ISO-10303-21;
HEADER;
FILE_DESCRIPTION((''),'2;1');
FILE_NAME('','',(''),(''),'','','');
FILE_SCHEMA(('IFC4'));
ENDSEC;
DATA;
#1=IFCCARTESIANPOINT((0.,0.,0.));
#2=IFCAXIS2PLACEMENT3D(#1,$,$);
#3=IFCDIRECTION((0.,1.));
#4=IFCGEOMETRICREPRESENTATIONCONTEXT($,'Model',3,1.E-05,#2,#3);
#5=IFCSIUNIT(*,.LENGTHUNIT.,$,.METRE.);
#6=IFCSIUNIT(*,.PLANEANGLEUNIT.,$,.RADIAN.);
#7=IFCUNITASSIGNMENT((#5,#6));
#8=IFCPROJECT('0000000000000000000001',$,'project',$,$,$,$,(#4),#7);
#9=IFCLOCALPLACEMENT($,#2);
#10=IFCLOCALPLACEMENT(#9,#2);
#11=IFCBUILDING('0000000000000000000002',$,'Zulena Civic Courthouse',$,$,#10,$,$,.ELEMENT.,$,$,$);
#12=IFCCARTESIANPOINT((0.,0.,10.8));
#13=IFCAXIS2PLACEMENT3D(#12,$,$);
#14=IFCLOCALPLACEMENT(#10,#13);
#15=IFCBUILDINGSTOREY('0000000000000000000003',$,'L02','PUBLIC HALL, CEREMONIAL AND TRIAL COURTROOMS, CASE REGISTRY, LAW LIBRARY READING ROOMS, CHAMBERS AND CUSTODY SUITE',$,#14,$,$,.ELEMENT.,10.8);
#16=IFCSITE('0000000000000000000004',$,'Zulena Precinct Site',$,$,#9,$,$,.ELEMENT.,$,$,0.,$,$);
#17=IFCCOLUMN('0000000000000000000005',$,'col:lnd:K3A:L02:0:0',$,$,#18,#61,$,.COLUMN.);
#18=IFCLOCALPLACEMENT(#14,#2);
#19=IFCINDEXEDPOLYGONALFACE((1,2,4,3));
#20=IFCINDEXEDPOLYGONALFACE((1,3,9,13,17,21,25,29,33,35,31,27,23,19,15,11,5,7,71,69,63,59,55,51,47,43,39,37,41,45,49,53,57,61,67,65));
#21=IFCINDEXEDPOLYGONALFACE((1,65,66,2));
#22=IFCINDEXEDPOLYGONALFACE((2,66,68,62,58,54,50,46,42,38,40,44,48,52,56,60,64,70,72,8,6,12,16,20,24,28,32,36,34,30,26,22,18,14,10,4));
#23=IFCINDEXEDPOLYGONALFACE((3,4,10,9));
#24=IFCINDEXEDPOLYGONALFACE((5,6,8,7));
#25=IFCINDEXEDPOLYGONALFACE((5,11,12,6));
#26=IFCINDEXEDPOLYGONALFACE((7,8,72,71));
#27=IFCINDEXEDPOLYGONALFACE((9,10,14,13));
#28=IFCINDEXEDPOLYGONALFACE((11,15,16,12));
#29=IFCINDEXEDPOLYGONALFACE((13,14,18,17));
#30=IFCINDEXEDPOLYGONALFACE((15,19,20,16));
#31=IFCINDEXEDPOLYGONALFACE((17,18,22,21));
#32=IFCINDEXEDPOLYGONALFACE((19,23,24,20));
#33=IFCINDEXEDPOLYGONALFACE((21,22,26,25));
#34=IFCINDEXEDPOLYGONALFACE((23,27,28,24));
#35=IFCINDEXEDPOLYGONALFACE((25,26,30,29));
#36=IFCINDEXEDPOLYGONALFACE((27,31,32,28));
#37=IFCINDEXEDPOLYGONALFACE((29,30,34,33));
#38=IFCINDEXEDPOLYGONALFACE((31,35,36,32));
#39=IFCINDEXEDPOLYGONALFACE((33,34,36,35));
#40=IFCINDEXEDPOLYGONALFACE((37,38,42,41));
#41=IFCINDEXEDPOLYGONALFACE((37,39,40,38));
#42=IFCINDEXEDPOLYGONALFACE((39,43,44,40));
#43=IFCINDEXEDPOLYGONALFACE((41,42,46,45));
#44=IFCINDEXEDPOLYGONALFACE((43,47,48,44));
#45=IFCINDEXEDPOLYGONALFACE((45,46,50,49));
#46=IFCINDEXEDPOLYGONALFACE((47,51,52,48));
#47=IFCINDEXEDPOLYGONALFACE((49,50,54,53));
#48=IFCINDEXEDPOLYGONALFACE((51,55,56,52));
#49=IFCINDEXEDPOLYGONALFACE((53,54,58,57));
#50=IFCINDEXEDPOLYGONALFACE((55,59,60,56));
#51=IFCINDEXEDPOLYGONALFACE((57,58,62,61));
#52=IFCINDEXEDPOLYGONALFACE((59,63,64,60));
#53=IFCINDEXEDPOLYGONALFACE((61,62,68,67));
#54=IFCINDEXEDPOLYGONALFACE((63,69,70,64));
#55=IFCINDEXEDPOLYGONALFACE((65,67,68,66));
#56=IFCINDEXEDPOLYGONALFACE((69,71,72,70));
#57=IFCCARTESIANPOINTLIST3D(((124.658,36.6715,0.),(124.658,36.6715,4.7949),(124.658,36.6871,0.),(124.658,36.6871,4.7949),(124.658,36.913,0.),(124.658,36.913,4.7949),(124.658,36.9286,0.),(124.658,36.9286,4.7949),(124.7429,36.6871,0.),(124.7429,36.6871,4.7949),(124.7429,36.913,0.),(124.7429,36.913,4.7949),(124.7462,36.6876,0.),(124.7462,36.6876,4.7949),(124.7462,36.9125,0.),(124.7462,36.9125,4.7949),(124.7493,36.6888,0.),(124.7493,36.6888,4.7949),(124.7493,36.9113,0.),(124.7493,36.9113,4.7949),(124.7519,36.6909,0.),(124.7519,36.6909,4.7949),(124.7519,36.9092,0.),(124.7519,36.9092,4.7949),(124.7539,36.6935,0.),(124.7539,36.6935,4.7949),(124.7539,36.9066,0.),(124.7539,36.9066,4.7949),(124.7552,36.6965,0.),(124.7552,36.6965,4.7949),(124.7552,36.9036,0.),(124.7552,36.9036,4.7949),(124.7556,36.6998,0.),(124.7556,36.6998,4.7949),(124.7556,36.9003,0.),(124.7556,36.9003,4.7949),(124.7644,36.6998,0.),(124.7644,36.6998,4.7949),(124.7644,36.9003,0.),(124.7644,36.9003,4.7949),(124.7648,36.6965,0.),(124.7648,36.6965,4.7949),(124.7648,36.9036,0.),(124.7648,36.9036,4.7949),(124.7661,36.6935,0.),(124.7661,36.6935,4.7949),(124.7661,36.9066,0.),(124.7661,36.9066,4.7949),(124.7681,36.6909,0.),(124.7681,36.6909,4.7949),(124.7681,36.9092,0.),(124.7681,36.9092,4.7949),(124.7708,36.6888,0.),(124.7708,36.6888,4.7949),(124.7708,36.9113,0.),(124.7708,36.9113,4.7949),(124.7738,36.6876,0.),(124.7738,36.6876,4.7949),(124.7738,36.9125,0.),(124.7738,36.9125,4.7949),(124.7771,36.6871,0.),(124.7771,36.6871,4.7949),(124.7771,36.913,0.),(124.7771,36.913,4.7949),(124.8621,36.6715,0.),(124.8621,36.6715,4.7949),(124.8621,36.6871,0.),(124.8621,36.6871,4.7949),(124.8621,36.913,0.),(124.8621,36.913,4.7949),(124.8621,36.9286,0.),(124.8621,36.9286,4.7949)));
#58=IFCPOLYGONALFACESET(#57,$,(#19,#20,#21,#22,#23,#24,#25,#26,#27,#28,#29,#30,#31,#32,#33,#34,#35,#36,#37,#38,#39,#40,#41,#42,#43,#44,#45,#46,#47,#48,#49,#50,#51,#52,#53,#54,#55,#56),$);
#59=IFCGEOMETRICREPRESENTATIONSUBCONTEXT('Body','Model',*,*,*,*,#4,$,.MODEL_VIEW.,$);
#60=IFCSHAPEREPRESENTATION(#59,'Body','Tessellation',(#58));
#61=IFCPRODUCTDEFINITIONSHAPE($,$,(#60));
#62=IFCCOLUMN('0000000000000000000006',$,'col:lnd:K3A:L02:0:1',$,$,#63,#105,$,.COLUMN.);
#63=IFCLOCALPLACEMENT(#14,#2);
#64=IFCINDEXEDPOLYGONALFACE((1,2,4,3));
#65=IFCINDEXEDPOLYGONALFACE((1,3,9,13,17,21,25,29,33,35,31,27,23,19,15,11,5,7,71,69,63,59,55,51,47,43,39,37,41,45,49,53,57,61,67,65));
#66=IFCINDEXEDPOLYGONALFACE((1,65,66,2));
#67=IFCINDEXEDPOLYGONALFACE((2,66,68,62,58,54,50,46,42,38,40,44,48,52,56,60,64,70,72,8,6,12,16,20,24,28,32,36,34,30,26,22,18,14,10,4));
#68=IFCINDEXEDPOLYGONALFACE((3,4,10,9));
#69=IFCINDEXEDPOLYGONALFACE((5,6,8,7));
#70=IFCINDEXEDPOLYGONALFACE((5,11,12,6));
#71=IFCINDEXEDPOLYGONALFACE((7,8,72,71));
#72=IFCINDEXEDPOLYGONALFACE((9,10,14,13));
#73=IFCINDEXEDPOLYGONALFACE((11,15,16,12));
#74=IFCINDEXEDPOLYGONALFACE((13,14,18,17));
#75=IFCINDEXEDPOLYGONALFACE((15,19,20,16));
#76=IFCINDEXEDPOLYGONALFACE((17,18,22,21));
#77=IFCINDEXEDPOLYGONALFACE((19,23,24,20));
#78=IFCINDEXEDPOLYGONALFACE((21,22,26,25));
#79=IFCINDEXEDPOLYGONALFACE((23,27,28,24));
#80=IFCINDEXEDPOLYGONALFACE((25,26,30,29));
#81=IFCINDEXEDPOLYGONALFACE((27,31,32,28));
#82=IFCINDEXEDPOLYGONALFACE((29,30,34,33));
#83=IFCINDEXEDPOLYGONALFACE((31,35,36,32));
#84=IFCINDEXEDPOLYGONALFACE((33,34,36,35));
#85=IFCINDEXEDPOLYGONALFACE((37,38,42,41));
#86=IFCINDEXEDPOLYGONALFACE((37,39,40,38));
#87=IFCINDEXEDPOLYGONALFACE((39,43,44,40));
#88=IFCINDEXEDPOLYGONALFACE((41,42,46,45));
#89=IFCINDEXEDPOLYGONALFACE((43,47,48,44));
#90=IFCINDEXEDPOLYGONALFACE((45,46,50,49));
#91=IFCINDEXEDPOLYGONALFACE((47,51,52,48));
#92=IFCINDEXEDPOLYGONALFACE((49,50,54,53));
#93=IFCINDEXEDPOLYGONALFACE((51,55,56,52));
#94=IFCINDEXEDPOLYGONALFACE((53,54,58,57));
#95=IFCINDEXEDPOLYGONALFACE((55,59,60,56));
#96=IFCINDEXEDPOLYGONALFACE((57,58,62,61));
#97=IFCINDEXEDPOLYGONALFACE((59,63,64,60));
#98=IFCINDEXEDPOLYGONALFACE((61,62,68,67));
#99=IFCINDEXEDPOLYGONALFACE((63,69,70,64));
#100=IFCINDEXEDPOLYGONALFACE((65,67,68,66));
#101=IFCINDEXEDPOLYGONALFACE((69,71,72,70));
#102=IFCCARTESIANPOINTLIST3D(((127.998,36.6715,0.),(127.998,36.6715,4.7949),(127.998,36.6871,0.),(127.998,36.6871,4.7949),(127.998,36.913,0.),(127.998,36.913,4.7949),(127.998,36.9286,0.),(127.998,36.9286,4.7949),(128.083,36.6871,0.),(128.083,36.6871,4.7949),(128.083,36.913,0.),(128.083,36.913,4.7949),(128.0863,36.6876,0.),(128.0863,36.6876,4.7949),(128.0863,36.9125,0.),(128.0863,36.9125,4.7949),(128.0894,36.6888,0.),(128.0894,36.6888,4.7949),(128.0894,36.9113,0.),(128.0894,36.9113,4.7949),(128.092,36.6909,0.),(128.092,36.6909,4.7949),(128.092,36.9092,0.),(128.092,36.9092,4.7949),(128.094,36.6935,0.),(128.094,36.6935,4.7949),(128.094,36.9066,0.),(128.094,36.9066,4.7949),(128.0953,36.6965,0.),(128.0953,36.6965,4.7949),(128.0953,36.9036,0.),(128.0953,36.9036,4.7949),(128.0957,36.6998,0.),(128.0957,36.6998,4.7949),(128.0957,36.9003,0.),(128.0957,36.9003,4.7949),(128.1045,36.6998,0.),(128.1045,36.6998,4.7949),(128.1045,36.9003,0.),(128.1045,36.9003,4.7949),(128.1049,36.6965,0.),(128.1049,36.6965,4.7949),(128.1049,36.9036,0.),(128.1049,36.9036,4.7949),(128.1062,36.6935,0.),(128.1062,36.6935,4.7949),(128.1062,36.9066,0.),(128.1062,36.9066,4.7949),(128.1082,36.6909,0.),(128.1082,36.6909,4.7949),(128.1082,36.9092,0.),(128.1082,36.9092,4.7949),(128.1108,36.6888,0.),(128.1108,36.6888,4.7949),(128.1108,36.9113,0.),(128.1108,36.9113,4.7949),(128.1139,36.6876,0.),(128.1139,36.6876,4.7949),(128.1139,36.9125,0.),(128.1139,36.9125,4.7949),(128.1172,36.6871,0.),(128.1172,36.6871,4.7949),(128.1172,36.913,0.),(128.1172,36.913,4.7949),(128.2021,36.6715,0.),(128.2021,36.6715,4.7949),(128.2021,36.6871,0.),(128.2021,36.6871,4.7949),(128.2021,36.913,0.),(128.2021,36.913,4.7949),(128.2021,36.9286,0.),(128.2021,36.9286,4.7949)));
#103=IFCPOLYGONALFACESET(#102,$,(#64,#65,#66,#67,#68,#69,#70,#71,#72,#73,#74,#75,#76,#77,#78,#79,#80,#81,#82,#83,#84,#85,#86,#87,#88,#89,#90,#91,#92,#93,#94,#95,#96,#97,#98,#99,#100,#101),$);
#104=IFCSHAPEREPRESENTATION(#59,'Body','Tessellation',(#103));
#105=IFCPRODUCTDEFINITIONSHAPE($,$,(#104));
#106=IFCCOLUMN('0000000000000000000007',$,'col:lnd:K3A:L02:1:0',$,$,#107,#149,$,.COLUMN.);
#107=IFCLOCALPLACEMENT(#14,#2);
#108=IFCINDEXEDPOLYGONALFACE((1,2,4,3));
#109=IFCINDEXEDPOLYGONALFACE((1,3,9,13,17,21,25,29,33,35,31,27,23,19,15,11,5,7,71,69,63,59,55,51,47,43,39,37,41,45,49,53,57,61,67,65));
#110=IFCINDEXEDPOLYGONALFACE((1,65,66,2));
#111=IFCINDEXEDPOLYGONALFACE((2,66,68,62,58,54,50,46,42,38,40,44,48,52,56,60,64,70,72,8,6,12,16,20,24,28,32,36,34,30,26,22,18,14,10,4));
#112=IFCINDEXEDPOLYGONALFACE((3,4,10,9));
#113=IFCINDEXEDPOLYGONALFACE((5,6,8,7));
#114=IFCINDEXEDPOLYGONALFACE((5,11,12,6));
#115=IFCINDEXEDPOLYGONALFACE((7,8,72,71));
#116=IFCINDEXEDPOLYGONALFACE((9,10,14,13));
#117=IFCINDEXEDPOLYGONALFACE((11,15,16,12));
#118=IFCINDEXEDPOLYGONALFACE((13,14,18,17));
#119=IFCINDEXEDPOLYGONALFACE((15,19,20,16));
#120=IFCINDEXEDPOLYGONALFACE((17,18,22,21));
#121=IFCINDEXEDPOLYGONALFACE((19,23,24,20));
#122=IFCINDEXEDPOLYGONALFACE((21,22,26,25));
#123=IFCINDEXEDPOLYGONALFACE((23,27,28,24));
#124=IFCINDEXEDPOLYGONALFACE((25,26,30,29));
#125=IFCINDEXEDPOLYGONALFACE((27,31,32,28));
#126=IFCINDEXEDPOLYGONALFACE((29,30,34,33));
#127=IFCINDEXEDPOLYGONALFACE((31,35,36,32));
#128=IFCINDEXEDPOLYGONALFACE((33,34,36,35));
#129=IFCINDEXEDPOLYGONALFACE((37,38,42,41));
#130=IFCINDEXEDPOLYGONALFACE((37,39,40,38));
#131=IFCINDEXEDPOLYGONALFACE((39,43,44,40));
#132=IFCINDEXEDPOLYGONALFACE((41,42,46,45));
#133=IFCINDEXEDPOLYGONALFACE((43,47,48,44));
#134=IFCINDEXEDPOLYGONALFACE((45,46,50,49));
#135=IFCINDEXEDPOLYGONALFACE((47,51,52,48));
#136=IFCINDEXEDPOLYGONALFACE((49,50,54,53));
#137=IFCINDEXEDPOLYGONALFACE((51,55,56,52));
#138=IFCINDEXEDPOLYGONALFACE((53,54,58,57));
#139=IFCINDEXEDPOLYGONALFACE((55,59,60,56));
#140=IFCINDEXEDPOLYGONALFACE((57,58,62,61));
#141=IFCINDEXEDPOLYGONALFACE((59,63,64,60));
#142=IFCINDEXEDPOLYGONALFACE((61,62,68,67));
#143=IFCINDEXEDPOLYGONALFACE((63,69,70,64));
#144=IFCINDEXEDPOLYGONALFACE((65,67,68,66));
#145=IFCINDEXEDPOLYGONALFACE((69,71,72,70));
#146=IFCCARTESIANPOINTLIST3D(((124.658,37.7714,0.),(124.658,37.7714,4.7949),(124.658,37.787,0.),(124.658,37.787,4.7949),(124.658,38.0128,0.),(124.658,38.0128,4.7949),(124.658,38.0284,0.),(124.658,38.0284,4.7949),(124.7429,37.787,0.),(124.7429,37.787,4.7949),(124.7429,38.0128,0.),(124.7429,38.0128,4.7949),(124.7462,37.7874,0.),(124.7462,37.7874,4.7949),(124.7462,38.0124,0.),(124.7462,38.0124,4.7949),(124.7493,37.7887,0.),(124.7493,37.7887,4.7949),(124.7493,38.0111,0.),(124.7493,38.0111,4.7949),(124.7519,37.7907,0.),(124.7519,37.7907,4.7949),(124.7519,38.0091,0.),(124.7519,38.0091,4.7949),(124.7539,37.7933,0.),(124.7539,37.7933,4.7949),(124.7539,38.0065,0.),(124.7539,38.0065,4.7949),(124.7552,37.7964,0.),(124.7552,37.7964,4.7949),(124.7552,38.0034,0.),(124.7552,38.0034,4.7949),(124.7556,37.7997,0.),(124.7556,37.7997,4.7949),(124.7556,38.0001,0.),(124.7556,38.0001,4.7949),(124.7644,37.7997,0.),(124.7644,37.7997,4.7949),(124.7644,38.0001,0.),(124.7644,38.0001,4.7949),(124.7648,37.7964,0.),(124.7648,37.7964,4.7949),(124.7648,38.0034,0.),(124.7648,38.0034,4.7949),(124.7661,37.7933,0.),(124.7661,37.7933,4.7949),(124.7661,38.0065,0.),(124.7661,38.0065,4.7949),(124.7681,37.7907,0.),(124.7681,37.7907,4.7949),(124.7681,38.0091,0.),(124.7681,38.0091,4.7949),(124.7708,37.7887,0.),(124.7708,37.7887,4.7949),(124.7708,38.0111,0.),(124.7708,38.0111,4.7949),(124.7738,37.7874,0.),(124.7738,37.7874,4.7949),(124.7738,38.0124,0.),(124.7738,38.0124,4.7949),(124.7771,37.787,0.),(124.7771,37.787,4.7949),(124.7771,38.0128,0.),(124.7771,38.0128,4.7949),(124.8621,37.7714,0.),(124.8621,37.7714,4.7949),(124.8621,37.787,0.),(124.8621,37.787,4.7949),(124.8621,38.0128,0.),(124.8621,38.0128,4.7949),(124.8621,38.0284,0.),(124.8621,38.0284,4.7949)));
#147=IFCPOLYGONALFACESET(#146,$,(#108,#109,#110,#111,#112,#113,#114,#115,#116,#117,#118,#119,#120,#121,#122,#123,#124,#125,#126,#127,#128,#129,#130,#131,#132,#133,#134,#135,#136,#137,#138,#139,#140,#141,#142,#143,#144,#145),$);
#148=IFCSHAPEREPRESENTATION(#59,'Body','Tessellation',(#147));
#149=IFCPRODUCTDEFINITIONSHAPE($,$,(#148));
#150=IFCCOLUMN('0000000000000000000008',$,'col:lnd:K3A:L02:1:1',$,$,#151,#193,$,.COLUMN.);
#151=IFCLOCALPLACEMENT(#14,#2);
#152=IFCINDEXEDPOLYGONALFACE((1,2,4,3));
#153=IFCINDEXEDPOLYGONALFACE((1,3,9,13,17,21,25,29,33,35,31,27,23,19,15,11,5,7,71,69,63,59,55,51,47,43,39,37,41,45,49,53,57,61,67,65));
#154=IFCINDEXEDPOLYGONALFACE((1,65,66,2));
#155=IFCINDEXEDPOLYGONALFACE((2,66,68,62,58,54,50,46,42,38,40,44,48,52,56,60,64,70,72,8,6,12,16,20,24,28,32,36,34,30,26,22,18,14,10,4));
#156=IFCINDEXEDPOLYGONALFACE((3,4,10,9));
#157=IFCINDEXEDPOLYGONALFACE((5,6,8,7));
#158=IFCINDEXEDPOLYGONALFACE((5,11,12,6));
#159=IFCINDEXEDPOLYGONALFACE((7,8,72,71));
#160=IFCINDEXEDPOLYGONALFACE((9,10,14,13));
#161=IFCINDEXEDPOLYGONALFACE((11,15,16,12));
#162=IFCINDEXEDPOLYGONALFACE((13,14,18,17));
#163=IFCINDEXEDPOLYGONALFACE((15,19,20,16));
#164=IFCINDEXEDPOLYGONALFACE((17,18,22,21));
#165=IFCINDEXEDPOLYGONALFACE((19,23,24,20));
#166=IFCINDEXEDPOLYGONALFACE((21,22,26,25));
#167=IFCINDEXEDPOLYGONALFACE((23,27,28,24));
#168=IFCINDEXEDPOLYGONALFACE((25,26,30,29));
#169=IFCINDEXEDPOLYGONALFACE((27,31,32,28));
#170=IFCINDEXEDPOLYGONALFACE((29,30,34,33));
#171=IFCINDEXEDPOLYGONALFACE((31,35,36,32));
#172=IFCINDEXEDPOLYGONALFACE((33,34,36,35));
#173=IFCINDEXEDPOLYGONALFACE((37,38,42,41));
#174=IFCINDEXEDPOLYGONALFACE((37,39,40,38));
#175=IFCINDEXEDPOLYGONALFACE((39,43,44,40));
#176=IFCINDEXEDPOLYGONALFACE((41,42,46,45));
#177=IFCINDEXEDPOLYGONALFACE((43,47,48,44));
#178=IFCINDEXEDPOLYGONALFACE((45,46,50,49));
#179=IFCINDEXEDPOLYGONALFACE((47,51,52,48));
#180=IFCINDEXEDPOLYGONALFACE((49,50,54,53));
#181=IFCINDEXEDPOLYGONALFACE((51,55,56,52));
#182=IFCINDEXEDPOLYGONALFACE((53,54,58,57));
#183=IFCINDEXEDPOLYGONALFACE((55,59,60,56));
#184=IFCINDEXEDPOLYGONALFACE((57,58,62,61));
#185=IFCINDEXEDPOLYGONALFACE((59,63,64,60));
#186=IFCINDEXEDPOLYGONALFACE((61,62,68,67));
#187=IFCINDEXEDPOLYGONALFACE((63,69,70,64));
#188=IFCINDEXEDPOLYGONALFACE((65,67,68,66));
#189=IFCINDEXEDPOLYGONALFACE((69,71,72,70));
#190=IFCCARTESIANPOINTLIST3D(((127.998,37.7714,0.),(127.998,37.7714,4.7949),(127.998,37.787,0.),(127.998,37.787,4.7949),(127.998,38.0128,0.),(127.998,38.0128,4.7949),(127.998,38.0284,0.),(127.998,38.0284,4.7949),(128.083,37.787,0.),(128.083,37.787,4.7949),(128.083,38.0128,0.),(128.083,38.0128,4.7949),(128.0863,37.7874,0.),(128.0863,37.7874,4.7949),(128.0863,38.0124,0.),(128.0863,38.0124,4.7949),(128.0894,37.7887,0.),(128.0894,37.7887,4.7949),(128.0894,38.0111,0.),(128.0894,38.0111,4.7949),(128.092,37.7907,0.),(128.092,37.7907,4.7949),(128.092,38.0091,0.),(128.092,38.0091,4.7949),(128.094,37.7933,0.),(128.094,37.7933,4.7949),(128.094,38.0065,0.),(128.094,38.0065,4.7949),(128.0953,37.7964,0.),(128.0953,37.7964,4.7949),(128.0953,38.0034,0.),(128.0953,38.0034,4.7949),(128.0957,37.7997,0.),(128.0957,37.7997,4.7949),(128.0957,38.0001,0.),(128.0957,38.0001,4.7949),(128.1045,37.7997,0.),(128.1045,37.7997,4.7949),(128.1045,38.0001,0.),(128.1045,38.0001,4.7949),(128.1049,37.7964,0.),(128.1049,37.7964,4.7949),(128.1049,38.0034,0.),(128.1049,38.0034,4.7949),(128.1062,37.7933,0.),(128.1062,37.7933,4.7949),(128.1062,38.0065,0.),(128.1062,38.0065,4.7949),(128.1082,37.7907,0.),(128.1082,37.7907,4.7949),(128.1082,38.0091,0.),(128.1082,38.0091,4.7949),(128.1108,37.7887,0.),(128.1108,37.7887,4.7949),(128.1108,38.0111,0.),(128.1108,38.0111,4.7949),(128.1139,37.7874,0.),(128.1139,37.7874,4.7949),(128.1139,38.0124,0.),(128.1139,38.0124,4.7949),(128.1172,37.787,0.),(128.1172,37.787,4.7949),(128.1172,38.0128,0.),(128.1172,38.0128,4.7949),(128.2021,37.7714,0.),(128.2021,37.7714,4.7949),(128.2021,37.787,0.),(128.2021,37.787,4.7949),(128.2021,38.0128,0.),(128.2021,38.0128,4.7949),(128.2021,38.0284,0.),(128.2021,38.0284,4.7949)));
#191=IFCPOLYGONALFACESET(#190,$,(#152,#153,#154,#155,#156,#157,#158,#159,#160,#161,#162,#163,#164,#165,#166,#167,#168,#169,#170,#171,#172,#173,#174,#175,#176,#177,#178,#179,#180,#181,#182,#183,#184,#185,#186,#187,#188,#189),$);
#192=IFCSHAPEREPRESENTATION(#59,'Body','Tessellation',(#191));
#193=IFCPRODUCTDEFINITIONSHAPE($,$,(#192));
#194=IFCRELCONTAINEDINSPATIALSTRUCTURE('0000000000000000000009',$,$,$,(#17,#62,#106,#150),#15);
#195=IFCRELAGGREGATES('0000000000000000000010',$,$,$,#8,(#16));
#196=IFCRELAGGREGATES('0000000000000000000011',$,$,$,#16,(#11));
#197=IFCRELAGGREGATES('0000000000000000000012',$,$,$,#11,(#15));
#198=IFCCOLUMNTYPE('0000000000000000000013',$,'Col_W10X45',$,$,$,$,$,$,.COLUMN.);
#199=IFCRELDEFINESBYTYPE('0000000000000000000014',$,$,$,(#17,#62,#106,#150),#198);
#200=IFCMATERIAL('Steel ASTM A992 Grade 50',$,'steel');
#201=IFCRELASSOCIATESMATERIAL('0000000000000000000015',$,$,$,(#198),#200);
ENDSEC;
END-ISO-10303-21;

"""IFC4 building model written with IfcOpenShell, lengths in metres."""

from ifc_helpers import new_model, si_unit, direction, frame, origin, origin_2d, place, context, subcontext, project, spatial, i_section, extrude, material, material_profile, profile_set, type_object, element, save


model = new_model("IFC4")

# Units and contexts
model_context = context("Model", 3, precision=1e-05, world=origin(), true_north=direction((0.0, 1.0)))
body_context = subcontext(model_context, "Body", "Model", "MODEL_VIEW")
ifc_project = project(units=[si_unit("LENGTHUNIT", "METRE"), si_unit("PLANEANGLEUNIT", "RADIAN")], contexts=[model_context])

# Site, building, storey
site_placement = place(None, origin())
site = spatial("IfcSite", under=ifc_project, at=site_placement, Name="Zulena Precinct Site", CompositionType="ELEMENT", RefElevation=0.0)
building_placement = place(site_placement, origin())
building = spatial("IfcBuilding", under=site, at=building_placement, Name="Zulena Civic Courthouse", CompositionType="ELEMENT")
storey_placement = place(building_placement, frame((0.0, 0.0, 10.8)))
storey = spatial("IfcBuildingStorey", under=building, at=storey_placement, Name="L02", Description="PUBLIC HALL, CEREMONIAL AND TRIAL COURTROOMS, CASE REGISTRY, LAW LIBRARY READING ROOMS, CHAMBERS AND CUSTODY SUITE", CompositionType="ELEMENT", Elevation=10.8)

# Columns
ifc_material_1 = material(Name="Steel ASTM A992 Grade 50", Category="steel")
ifc_material_profile_1 = material_profile(ifc_material_1, i_section(OverallWidth=0.2041, OverallDepth=0.2571, WebThickness=0.0088, FlangeThickness=0.0156, FilletRadius=0.0127, at=origin_2d()), Name="W10X45")
ifc_profile_set_1 = profile_set([ifc_material_profile_1], Name="Steel ASTM A992 Grade 50")
column_type_1 = type_object("IfcColumnType", Name="Col_W10X45", PredefinedType="COLUMN", material=ifc_profile_set_1)
for number, where, z_axis, x_axis, name in (
    (1, (124.76, 36.8, 0.0), (0.0, 0.0, 1.0), (1.0, 0.0, 0.0), "col:lnd:K3A:L02:0:0"),
    (2, (128.1001, 36.8, 0.0), (0.0, 0.0, 1.0), (1.0, 0.0, 0.0), "col:lnd:K3A:L02:0:1"),
    (3, (124.76, 37.8999, 0.0), (0.0, 0.0, 1.0), (1.0, 0.0, 0.0), "col:lnd:K3A:L02:1:0"),
    (4, (128.1001, 37.8999, 0.0), (0.0, 0.0, 1.0), (1.0, 0.0, 0.0), "col:lnd:K3A:L02:1:1"),
):
    element("IfcColumn", number, at=place(storey_placement, frame(where, z_axis=z_axis, x_axis=x_axis)), inside=storey, type_object=column_type_1, Name=name, PredefinedType="COLUMN", context=body_context, shape_type="SweptSolid", body=[
        extrude(i_section(OverallWidth=0.2041, OverallDepth=0.2571, WebThickness=0.0088, FlangeThickness=0.0156, FilletRadius=0.0127, at=origin_2d()), origin(), (0.0, 0.0, 1.0), 4.7949),
    ])

save(model, "model.ifc")
